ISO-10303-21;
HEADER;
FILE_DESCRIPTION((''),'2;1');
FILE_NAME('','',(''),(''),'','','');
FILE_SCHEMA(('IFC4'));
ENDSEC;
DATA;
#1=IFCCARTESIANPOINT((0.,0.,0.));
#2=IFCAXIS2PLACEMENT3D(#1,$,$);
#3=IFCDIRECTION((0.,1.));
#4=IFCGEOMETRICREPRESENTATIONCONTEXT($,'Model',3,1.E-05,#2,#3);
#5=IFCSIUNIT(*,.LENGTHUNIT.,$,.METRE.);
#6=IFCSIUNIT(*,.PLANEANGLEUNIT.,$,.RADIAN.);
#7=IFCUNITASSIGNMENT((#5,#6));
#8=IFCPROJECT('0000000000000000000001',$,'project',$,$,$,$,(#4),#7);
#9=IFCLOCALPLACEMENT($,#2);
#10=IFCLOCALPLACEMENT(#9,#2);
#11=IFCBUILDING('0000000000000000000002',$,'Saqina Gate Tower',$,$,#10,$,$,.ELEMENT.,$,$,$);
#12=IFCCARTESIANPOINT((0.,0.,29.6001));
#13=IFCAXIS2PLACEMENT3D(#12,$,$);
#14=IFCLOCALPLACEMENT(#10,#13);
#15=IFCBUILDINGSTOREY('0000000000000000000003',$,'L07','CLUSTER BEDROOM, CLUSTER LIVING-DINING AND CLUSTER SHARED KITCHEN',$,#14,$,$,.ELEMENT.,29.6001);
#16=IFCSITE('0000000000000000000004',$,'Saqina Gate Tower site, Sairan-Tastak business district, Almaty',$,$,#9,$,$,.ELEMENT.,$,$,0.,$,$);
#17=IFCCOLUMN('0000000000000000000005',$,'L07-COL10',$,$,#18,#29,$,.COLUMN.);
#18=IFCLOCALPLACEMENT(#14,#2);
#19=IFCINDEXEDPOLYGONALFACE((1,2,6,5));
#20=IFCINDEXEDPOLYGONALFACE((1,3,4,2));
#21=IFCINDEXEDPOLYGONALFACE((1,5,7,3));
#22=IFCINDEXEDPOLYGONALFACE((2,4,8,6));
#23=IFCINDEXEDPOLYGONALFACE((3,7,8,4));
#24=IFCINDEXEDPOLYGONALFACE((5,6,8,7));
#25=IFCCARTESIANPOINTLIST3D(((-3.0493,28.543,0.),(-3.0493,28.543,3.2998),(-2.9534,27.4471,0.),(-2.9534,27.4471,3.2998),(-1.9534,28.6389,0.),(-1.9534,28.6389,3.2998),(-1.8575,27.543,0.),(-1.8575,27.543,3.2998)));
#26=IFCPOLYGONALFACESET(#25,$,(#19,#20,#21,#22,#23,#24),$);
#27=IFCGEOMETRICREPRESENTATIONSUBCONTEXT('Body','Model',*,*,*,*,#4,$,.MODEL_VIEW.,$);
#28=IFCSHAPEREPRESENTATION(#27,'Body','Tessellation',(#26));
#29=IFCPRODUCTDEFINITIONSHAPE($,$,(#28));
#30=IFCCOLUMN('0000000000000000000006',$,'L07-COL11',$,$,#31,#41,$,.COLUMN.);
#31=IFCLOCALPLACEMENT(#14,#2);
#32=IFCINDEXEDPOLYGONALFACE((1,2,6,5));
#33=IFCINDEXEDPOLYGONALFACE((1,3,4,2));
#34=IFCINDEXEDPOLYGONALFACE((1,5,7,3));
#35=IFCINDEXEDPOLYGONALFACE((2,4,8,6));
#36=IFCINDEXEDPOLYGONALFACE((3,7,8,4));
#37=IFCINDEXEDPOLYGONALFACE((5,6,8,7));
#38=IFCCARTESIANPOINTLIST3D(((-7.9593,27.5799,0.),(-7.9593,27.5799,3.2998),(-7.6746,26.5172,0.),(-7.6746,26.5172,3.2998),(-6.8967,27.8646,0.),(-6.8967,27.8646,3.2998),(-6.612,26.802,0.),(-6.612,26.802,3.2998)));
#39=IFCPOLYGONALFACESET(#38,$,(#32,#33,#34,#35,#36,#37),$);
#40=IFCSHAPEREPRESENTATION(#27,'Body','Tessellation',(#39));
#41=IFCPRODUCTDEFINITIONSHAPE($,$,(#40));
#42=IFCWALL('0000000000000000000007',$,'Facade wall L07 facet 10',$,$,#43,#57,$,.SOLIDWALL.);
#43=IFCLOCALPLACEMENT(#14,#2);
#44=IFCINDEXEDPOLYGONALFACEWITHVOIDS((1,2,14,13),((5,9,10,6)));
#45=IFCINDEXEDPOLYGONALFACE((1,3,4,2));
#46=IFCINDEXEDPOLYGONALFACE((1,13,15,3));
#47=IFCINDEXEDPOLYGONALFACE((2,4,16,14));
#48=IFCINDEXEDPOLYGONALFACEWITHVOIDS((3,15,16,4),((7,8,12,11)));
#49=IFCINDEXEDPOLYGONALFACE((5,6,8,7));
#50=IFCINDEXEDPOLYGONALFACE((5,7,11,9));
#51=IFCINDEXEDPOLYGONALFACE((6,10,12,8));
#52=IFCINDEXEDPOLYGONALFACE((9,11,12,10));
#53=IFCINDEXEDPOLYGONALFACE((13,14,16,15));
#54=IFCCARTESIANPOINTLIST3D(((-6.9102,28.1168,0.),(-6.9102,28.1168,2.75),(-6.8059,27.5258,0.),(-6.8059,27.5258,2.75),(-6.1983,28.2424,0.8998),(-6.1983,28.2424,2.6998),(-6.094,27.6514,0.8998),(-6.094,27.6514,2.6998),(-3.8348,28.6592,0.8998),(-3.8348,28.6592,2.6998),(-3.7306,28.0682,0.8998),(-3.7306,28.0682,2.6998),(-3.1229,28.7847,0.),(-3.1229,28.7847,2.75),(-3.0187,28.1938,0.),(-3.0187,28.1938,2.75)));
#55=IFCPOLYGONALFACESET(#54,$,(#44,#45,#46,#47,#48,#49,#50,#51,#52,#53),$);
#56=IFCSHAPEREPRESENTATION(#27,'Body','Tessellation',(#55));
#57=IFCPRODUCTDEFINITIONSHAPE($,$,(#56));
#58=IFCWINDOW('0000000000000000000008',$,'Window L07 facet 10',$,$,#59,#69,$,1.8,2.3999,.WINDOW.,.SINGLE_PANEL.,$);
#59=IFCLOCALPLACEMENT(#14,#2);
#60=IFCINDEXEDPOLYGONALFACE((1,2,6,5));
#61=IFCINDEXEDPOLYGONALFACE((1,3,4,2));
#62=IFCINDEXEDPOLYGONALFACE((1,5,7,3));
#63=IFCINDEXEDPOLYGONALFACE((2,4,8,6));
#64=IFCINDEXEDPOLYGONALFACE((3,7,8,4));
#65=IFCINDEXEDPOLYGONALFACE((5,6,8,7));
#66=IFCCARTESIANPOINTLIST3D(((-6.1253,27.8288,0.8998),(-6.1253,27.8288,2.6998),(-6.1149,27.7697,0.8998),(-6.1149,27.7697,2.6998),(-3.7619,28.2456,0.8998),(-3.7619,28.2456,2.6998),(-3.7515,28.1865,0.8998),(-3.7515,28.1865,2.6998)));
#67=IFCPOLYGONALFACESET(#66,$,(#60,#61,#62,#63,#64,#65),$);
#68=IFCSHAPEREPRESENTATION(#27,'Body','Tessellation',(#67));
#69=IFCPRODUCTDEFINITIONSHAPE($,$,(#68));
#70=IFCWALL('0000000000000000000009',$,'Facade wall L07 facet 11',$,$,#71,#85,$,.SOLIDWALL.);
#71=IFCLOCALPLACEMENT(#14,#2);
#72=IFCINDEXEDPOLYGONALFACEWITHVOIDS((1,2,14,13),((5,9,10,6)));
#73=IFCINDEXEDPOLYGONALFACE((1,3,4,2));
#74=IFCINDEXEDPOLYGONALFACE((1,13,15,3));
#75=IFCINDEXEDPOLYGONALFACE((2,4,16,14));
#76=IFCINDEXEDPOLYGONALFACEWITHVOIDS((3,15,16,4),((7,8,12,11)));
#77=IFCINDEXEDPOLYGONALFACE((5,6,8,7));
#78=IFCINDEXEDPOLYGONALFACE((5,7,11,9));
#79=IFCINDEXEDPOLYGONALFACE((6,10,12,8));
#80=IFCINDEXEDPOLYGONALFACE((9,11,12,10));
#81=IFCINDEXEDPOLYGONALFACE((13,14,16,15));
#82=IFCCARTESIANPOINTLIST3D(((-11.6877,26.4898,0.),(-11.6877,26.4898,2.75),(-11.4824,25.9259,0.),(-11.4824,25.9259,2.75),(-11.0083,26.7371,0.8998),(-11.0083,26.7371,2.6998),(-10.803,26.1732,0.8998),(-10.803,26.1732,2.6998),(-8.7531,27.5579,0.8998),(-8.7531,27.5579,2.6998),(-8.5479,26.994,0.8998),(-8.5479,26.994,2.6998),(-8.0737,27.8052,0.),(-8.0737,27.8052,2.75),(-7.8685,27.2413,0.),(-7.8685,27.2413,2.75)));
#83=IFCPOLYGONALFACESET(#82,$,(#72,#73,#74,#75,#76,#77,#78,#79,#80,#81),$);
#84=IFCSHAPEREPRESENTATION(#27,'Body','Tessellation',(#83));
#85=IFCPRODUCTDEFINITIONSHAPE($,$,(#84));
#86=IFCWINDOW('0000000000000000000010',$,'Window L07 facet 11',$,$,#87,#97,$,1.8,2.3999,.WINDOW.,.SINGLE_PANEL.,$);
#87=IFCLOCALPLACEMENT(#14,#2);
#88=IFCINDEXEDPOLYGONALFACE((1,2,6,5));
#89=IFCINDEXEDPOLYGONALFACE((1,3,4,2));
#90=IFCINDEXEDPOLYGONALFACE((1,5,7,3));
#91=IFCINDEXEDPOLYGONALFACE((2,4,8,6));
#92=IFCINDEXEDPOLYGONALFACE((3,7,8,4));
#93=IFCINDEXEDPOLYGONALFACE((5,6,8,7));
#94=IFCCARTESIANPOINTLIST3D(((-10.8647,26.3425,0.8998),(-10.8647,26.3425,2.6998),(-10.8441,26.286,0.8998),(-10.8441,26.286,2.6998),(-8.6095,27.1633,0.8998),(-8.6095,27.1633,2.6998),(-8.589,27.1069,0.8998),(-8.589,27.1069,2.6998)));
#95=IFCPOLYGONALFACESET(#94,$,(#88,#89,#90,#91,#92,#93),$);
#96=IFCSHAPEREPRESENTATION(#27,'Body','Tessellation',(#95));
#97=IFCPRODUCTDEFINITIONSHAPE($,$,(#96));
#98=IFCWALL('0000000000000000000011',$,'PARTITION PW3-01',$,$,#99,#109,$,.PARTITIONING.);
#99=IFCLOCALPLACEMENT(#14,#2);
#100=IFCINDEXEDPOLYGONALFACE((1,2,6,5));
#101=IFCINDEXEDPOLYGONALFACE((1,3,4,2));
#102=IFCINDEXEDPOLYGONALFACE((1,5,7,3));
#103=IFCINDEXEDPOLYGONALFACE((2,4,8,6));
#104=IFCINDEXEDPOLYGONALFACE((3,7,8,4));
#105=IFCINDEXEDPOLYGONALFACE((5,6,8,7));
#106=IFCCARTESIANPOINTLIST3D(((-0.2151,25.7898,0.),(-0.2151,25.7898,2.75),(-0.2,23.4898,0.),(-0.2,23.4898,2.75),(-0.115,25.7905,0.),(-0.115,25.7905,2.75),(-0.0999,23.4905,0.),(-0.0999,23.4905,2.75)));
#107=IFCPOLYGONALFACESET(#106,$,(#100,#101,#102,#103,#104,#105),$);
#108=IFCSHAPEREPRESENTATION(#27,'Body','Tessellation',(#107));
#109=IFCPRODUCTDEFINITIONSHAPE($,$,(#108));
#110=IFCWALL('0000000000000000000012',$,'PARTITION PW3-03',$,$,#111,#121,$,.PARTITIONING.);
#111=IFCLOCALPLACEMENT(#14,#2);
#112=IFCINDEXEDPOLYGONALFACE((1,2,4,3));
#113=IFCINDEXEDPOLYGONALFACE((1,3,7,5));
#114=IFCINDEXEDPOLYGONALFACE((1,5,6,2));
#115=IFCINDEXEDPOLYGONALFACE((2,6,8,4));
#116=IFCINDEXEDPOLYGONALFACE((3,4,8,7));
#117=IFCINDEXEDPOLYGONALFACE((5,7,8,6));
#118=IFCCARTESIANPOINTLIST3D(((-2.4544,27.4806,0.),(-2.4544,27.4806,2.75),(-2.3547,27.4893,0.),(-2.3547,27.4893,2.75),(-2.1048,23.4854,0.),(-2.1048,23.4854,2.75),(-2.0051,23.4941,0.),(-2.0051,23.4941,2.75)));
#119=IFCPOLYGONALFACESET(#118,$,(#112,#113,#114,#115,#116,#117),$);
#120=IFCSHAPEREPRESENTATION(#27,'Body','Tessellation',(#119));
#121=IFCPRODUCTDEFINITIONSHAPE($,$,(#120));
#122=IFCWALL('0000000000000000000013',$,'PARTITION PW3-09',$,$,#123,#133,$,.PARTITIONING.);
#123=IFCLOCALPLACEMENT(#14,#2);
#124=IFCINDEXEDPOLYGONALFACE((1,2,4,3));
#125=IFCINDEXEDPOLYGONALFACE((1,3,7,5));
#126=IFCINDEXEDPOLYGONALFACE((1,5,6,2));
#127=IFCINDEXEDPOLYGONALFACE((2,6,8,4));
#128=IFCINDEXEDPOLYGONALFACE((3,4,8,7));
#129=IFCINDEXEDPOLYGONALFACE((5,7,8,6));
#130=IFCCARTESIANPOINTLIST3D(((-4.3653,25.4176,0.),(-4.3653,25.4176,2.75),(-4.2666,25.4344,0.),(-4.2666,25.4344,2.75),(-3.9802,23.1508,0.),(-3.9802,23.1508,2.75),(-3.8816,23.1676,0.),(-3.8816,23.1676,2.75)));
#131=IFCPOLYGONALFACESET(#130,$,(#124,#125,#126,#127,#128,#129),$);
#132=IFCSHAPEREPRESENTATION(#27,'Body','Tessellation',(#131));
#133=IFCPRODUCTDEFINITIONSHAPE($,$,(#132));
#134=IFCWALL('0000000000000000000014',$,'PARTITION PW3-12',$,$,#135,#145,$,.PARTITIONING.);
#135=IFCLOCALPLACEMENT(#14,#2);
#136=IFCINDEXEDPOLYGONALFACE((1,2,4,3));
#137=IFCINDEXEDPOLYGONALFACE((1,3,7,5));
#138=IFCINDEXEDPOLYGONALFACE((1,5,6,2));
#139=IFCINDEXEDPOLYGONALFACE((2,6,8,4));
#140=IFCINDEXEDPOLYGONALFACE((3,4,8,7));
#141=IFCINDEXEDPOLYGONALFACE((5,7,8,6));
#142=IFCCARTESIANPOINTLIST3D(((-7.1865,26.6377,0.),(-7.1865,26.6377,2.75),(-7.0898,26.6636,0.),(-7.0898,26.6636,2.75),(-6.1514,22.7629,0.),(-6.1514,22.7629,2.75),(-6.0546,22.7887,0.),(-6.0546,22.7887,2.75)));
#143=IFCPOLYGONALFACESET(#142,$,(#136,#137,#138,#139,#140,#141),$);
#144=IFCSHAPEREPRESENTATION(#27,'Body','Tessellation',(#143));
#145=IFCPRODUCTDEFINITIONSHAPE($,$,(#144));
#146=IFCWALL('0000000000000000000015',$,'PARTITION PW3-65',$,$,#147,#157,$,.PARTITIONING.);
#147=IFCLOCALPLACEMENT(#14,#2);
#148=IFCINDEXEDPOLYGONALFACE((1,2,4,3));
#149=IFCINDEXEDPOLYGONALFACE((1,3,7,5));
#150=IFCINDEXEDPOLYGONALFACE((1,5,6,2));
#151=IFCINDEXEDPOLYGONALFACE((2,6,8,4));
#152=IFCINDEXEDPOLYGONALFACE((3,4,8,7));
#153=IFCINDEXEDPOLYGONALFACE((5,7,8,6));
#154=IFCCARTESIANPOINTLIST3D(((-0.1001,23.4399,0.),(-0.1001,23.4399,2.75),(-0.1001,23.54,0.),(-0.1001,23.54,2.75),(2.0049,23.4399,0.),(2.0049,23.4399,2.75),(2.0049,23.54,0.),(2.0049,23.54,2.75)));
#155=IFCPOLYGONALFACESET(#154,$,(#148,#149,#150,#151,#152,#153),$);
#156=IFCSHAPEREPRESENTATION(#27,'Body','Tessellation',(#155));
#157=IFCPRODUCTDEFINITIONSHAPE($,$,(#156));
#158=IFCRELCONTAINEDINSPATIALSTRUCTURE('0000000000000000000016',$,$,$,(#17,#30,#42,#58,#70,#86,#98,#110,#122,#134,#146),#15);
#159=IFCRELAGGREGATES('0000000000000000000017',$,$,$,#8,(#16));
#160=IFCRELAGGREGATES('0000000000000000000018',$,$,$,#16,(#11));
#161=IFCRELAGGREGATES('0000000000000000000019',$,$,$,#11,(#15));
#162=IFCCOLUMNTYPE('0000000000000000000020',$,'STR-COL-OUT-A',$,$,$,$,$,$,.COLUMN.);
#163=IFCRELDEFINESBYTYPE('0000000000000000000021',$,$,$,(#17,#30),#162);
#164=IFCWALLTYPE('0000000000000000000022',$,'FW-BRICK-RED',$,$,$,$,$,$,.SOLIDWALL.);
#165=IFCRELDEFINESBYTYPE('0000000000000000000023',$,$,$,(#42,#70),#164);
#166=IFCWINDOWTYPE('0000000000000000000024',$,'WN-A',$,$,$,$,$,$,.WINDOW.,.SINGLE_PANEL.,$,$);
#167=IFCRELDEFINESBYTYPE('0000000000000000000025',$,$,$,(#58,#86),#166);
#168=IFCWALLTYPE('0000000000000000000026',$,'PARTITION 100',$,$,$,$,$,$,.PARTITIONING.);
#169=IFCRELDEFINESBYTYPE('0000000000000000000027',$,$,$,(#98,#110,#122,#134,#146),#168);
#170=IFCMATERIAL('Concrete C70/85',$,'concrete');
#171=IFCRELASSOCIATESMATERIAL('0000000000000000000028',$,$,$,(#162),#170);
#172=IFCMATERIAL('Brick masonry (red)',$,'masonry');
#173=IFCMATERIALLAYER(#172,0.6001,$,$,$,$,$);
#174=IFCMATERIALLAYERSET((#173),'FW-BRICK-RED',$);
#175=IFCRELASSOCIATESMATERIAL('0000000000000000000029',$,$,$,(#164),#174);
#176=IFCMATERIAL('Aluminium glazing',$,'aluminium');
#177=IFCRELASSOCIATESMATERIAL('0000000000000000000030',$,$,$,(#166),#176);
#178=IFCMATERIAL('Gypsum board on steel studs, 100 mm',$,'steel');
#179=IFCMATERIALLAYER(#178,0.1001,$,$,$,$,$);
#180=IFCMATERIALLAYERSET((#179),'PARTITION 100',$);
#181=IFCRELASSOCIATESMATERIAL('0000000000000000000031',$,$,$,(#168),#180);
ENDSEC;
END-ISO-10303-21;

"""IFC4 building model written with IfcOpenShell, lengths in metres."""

from ifc_helpers import new_model, si_unit, direction, frame, frame_2d, origin, origin_2d, place, context, subcontext, project, spatial, rectangle, extrude, material, layer, layer_set, material_profile, profile_set, type_object, element, fill, save


model = new_model("IFC4")

# Units and contexts
model_context = context("Model", 3, precision=1e-05, world=origin(), true_north=direction((0.0, 1.0)))
body_context = subcontext(model_context, "Body", "Model", "MODEL_VIEW")
ifc_project = project(units=[si_unit("LENGTHUNIT", "METRE"), si_unit("PLANEANGLEUNIT", "RADIAN")], contexts=[model_context])

# Site, building, storey
site_placement = place(None, origin())
site = spatial("IfcSite", under=ifc_project, at=site_placement, Name="Saqina Gate Tower site, Sairan-Tastak business district, Almaty", CompositionType="ELEMENT", RefElevation=0.0)
building_placement = place(site_placement, origin())
building = spatial("IfcBuilding", under=site, at=building_placement, Name="Saqina Gate Tower", CompositionType="ELEMENT")
storey_placement = place(building_placement, frame((0.0, 0.0, 29.6001)))
storey = spatial("IfcBuildingStorey", under=building, at=storey_placement, Name="L07", Description="CLUSTER BEDROOM, CLUSTER LIVING-DINING AND CLUSTER SHARED KITCHEN", CompositionType="ELEMENT", Elevation=29.6001)

# Columns
ifc_material_1 = material(Name="Concrete C70/85", Category="concrete")
ifc_material_profile = material_profile(ifc_material_1, rectangle(XDim=1.1001, YDim=1.1001, at=origin_2d()), Name="RC 1100x1100")
ifc_profile_set = profile_set([ifc_material_profile], Name="Concrete C70/85")
column_type = type_object("IfcColumnType", Name="STR-COL-OUT-A", PredefinedType="COLUMN", material=ifc_profile_set)
for number, where, z_axis, x_axis, name in (
    (1, (-2.4534, 28.043, 0.0), (0.0, 0.0, 1.0), (-0.087156, 0.996195, 0.0), "L07-COL10"),
    (2, (-7.2856, 27.1909, 0.0), (0.0, 0.0, 1.0), (-0.258819, 0.965926, 0.0), "L07-COL11"),
):
    element("IfcColumn", number, at=place(storey_placement, frame(where, z_axis=z_axis, x_axis=x_axis)), inside=storey, type_object=column_type, Name=name, PredefinedType="COLUMN", context=body_context, shape_type="SweptSolid", body=[
        extrude(rectangle(XDim=1.1001, YDim=1.1001, at=origin_2d()), origin(), (0.0, 0.0, 1.0), 3.2998),
    ])

# Walls, openings, windows
ifc_material_2 = material(Name="Brick masonry (red)", Category="masonry")
ifc_layer_1 = layer(ifc_material_2, 0.6001)
ifc_layer_set_1 = layer_set([ifc_layer_1], Name="FW-BRICK-RED")
wall_type_1 = type_object("IfcWallType", Name="FW-BRICK-RED", PredefinedType="SOLIDWALL", material=ifc_layer_set_1)
wall_1_placement = place(storey_placement, frame((-3.0708, 28.4893, 0.0), z_axis=(0.0, 0.0, 1.0), x_axis=(-0.984801, -0.173688, 0.0)))
wall_1 = element("IfcWall", 3, at=wall_1_placement, inside=storey, type_object=wall_type_1, Name="Facade wall L07 facet 10", PredefinedType="SOLIDWALL", context=body_context, shape_type="SweptSolid", body=[
    extrude(rectangle(XDim=3.8457, YDim=0.6001, at=frame_2d((1.9229, 0.0))), origin(), (0.0, 0.0, 1.0), 2.75),
])
opening_1_placement = place(wall_1_placement, frame((0.7229, 0.0, 0.8999)))
opening_1 = element("IfcOpeningElement", 4, at=opening_1_placement, cuts=wall_1, PredefinedType="OPENING", context=body_context, shape_type="SweptSolid", body=[
    extrude(rectangle(XDim=2.3999, YDim=1.8, at=frame_2d((1.2, 0.8999))), frame((0.0, 0.312, 0.0), z_axis=(0.0, -1.0, 0.0), x_axis=(1.0, 0.0, 0.0)), (0.0, 0.0, 1.0), 0.624),
])
ifc_material_3 = material(Name="Aluminium glazing", Category="aluminium")
window_type = type_object("IfcWindowType", Name="WN-A", PartitioningType="SINGLE_PANEL", PredefinedType="WINDOW", material=ifc_material_3)
window_1_placement = place(opening_1_placement, origin())
window_1 = element("IfcWindow", 5, at=window_1_placement, inside=storey, type_object=window_type, Name="Window L07 facet 10", OverallHeight=1.8, OverallWidth=2.3999, PartitioningType="SINGLE_PANEL", PredefinedType="WINDOW", context=body_context, shape_type="SweptSolid", body=[
    extrude(rectangle(XDim=2.3999, YDim=1.8, at=frame_2d((1.2, 0.8999))), frame((0.0, 0.1799, 0.0), z_axis=(0.0, -1.0, 0.0), x_axis=(1.0, 0.0, 0.0)), (0.0, 0.0, 1.0), 0.0601),
])
fill(opening_1, window_1)
wall_2_placement = place(storey_placement, frame((-7.9712, 27.5232, 0.0), z_axis=(0.0, 0.0, 1.0), x_axis=(-0.93969, -0.342028, 0.0)))
wall_2 = element("IfcWall", 6, at=wall_2_placement, inside=storey, type_object=wall_type_1, Name="Facade wall L07 facet 11", PredefinedType="SOLIDWALL", context=body_context, shape_type="SweptSolid", body=[
    extrude(rectangle(XDim=3.8459, YDim=0.6001, at=frame_2d((1.9229, 0.0))), origin(), (0.0, 0.0, 1.0), 2.75),
])
opening_2_placement = place(wall_2_placement, frame((0.7229, 0.0, 0.8999)))
opening_2 = element("IfcOpeningElement", 7, at=opening_2_placement, cuts=wall_2, PredefinedType="OPENING", context=body_context, shape_type="SweptSolid", body=[
    extrude(rectangle(XDim=2.3999, YDim=1.8, at=frame_2d((1.2, 0.8999))), frame((0.0, 0.312, 0.0), z_axis=(0.0, -1.0, 0.0), x_axis=(1.0, 0.0, 0.0)), (0.0, 0.0, 1.0), 0.624),
])
window_2_placement = place(opening_2_placement, origin())
window_2 = element("IfcWindow", 8, at=window_2_placement, inside=storey, type_object=window_type, Name="Window L07 facet 11", OverallHeight=1.8, OverallWidth=2.3999, PartitioningType="SINGLE_PANEL", PredefinedType="WINDOW", context=body_context, shape_type="SweptSolid", body=[
    extrude(rectangle(XDim=2.3999, YDim=1.8, at=frame_2d((1.2, 0.8999))), frame((0.0, 0.1799, 0.0), z_axis=(0.0, -1.0, 0.0), x_axis=(1.0, 0.0, 0.0)), (0.0, 0.0, 1.0), 0.0601),
])
fill(opening_2, window_2)

# Walls
ifc_material_4 = material(Name="Gypsum board on steel studs, 100 mm", Category="steel")
ifc_layer_2 = layer(ifc_material_4, 0.1001)
ifc_layer_set_2 = layer_set([ifc_layer_2], Name="PARTITION 100")
wall_type_2 = type_object("IfcWallType", Name="PARTITION 100", PredefinedType="PARTITIONING", material=ifc_layer_set_2)
wall_3_placement = place(storey_placement, frame((-0.165, 25.79, 0.0), z_axis=(0.0, 0.0, 1.0), x_axis=(0.006581, -0.999978, 0.0)))
element("IfcWall", 9, at=wall_3_placement, inside=storey, type_object=wall_type_2, Name="PARTITION PW3-01", PredefinedType="PARTITIONING", context=body_context, shape_type="SweptSolid", body=[
    extrude(rectangle(XDim=2.3, YDim=0.1001, at=frame_2d((1.1499, 0.0))), origin(), (0.0, 0.0, 1.0), 2.75),
])
wall_4_placement = place(storey_placement, frame((-2.4045, 27.4851, 0.0), z_axis=(0.0, 0.0, 1.0), x_axis=(0.087176, -0.996193, 0.0)))
element("IfcWall", 10, at=wall_4_placement, inside=storey, type_object=wall_type_2, Name="PARTITION PW3-03", PredefinedType="PARTITIONING", context=body_context, shape_type="SweptSolid", body=[
    extrude(rectangle(XDim=4.0105, YDim=0.1001, at=frame_2d((2.0054, 0.0))), origin(), (0.0, 0.0, 1.0), 2.75),
])
wall_5_placement = place(storey_placement, frame((-4.3159, 25.426, 0.0), z_axis=(0.0, 0.0, 1.0), x_axis=(0.167446, -0.985881, 0.0)))
element("IfcWall", 11, at=wall_5_placement, inside=storey, type_object=wall_type_2, Name="PARTITION PW3-09", PredefinedType="PARTITIONING", context=body_context, shape_type="SweptSolid", body=[
    extrude(rectangle(XDim=2.2993, YDim=0.1001, at=frame_2d((1.1497, 0.0))), origin(), (0.0, 0.0, 1.0), 2.75),
])
wall_6_placement = place(storey_placement, frame((-7.1382, 26.6506, 0.0), z_axis=(0.0, 0.0, 1.0), x_axis=(0.258102, -0.966118, 0.0)))
element("IfcWall", 12, at=wall_6_placement, inside=storey, type_object=wall_type_2, Name="PARTITION PW3-12", PredefinedType="PARTITIONING", context=body_context, shape_type="SweptSolid", body=[
    extrude(rectangle(XDim=4.0107, YDim=0.1001, at=frame_2d((2.0054, 0.0))), origin(), (0.0, 0.0, 1.0), 2.75),
])
wall_7_placement = place(storey_placement, frame((-0.1001, 23.49, 0.0), z_axis=(0.0, 0.0, 1.0), x_axis=(1.0, 0.0, 0.0)))
element("IfcWall", 13, at=wall_7_placement, inside=storey, type_object=wall_type_2, Name="PARTITION PW3-65", PredefinedType="PARTITIONING", context=body_context, shape_type="SweptSolid", body=[
    extrude(rectangle(XDim=2.105, YDim=0.1001, at=frame_2d((1.0525, 0.0))), origin(), (0.0, 0.0, 1.0), 2.75),
])

save(model, "model.ifc")
